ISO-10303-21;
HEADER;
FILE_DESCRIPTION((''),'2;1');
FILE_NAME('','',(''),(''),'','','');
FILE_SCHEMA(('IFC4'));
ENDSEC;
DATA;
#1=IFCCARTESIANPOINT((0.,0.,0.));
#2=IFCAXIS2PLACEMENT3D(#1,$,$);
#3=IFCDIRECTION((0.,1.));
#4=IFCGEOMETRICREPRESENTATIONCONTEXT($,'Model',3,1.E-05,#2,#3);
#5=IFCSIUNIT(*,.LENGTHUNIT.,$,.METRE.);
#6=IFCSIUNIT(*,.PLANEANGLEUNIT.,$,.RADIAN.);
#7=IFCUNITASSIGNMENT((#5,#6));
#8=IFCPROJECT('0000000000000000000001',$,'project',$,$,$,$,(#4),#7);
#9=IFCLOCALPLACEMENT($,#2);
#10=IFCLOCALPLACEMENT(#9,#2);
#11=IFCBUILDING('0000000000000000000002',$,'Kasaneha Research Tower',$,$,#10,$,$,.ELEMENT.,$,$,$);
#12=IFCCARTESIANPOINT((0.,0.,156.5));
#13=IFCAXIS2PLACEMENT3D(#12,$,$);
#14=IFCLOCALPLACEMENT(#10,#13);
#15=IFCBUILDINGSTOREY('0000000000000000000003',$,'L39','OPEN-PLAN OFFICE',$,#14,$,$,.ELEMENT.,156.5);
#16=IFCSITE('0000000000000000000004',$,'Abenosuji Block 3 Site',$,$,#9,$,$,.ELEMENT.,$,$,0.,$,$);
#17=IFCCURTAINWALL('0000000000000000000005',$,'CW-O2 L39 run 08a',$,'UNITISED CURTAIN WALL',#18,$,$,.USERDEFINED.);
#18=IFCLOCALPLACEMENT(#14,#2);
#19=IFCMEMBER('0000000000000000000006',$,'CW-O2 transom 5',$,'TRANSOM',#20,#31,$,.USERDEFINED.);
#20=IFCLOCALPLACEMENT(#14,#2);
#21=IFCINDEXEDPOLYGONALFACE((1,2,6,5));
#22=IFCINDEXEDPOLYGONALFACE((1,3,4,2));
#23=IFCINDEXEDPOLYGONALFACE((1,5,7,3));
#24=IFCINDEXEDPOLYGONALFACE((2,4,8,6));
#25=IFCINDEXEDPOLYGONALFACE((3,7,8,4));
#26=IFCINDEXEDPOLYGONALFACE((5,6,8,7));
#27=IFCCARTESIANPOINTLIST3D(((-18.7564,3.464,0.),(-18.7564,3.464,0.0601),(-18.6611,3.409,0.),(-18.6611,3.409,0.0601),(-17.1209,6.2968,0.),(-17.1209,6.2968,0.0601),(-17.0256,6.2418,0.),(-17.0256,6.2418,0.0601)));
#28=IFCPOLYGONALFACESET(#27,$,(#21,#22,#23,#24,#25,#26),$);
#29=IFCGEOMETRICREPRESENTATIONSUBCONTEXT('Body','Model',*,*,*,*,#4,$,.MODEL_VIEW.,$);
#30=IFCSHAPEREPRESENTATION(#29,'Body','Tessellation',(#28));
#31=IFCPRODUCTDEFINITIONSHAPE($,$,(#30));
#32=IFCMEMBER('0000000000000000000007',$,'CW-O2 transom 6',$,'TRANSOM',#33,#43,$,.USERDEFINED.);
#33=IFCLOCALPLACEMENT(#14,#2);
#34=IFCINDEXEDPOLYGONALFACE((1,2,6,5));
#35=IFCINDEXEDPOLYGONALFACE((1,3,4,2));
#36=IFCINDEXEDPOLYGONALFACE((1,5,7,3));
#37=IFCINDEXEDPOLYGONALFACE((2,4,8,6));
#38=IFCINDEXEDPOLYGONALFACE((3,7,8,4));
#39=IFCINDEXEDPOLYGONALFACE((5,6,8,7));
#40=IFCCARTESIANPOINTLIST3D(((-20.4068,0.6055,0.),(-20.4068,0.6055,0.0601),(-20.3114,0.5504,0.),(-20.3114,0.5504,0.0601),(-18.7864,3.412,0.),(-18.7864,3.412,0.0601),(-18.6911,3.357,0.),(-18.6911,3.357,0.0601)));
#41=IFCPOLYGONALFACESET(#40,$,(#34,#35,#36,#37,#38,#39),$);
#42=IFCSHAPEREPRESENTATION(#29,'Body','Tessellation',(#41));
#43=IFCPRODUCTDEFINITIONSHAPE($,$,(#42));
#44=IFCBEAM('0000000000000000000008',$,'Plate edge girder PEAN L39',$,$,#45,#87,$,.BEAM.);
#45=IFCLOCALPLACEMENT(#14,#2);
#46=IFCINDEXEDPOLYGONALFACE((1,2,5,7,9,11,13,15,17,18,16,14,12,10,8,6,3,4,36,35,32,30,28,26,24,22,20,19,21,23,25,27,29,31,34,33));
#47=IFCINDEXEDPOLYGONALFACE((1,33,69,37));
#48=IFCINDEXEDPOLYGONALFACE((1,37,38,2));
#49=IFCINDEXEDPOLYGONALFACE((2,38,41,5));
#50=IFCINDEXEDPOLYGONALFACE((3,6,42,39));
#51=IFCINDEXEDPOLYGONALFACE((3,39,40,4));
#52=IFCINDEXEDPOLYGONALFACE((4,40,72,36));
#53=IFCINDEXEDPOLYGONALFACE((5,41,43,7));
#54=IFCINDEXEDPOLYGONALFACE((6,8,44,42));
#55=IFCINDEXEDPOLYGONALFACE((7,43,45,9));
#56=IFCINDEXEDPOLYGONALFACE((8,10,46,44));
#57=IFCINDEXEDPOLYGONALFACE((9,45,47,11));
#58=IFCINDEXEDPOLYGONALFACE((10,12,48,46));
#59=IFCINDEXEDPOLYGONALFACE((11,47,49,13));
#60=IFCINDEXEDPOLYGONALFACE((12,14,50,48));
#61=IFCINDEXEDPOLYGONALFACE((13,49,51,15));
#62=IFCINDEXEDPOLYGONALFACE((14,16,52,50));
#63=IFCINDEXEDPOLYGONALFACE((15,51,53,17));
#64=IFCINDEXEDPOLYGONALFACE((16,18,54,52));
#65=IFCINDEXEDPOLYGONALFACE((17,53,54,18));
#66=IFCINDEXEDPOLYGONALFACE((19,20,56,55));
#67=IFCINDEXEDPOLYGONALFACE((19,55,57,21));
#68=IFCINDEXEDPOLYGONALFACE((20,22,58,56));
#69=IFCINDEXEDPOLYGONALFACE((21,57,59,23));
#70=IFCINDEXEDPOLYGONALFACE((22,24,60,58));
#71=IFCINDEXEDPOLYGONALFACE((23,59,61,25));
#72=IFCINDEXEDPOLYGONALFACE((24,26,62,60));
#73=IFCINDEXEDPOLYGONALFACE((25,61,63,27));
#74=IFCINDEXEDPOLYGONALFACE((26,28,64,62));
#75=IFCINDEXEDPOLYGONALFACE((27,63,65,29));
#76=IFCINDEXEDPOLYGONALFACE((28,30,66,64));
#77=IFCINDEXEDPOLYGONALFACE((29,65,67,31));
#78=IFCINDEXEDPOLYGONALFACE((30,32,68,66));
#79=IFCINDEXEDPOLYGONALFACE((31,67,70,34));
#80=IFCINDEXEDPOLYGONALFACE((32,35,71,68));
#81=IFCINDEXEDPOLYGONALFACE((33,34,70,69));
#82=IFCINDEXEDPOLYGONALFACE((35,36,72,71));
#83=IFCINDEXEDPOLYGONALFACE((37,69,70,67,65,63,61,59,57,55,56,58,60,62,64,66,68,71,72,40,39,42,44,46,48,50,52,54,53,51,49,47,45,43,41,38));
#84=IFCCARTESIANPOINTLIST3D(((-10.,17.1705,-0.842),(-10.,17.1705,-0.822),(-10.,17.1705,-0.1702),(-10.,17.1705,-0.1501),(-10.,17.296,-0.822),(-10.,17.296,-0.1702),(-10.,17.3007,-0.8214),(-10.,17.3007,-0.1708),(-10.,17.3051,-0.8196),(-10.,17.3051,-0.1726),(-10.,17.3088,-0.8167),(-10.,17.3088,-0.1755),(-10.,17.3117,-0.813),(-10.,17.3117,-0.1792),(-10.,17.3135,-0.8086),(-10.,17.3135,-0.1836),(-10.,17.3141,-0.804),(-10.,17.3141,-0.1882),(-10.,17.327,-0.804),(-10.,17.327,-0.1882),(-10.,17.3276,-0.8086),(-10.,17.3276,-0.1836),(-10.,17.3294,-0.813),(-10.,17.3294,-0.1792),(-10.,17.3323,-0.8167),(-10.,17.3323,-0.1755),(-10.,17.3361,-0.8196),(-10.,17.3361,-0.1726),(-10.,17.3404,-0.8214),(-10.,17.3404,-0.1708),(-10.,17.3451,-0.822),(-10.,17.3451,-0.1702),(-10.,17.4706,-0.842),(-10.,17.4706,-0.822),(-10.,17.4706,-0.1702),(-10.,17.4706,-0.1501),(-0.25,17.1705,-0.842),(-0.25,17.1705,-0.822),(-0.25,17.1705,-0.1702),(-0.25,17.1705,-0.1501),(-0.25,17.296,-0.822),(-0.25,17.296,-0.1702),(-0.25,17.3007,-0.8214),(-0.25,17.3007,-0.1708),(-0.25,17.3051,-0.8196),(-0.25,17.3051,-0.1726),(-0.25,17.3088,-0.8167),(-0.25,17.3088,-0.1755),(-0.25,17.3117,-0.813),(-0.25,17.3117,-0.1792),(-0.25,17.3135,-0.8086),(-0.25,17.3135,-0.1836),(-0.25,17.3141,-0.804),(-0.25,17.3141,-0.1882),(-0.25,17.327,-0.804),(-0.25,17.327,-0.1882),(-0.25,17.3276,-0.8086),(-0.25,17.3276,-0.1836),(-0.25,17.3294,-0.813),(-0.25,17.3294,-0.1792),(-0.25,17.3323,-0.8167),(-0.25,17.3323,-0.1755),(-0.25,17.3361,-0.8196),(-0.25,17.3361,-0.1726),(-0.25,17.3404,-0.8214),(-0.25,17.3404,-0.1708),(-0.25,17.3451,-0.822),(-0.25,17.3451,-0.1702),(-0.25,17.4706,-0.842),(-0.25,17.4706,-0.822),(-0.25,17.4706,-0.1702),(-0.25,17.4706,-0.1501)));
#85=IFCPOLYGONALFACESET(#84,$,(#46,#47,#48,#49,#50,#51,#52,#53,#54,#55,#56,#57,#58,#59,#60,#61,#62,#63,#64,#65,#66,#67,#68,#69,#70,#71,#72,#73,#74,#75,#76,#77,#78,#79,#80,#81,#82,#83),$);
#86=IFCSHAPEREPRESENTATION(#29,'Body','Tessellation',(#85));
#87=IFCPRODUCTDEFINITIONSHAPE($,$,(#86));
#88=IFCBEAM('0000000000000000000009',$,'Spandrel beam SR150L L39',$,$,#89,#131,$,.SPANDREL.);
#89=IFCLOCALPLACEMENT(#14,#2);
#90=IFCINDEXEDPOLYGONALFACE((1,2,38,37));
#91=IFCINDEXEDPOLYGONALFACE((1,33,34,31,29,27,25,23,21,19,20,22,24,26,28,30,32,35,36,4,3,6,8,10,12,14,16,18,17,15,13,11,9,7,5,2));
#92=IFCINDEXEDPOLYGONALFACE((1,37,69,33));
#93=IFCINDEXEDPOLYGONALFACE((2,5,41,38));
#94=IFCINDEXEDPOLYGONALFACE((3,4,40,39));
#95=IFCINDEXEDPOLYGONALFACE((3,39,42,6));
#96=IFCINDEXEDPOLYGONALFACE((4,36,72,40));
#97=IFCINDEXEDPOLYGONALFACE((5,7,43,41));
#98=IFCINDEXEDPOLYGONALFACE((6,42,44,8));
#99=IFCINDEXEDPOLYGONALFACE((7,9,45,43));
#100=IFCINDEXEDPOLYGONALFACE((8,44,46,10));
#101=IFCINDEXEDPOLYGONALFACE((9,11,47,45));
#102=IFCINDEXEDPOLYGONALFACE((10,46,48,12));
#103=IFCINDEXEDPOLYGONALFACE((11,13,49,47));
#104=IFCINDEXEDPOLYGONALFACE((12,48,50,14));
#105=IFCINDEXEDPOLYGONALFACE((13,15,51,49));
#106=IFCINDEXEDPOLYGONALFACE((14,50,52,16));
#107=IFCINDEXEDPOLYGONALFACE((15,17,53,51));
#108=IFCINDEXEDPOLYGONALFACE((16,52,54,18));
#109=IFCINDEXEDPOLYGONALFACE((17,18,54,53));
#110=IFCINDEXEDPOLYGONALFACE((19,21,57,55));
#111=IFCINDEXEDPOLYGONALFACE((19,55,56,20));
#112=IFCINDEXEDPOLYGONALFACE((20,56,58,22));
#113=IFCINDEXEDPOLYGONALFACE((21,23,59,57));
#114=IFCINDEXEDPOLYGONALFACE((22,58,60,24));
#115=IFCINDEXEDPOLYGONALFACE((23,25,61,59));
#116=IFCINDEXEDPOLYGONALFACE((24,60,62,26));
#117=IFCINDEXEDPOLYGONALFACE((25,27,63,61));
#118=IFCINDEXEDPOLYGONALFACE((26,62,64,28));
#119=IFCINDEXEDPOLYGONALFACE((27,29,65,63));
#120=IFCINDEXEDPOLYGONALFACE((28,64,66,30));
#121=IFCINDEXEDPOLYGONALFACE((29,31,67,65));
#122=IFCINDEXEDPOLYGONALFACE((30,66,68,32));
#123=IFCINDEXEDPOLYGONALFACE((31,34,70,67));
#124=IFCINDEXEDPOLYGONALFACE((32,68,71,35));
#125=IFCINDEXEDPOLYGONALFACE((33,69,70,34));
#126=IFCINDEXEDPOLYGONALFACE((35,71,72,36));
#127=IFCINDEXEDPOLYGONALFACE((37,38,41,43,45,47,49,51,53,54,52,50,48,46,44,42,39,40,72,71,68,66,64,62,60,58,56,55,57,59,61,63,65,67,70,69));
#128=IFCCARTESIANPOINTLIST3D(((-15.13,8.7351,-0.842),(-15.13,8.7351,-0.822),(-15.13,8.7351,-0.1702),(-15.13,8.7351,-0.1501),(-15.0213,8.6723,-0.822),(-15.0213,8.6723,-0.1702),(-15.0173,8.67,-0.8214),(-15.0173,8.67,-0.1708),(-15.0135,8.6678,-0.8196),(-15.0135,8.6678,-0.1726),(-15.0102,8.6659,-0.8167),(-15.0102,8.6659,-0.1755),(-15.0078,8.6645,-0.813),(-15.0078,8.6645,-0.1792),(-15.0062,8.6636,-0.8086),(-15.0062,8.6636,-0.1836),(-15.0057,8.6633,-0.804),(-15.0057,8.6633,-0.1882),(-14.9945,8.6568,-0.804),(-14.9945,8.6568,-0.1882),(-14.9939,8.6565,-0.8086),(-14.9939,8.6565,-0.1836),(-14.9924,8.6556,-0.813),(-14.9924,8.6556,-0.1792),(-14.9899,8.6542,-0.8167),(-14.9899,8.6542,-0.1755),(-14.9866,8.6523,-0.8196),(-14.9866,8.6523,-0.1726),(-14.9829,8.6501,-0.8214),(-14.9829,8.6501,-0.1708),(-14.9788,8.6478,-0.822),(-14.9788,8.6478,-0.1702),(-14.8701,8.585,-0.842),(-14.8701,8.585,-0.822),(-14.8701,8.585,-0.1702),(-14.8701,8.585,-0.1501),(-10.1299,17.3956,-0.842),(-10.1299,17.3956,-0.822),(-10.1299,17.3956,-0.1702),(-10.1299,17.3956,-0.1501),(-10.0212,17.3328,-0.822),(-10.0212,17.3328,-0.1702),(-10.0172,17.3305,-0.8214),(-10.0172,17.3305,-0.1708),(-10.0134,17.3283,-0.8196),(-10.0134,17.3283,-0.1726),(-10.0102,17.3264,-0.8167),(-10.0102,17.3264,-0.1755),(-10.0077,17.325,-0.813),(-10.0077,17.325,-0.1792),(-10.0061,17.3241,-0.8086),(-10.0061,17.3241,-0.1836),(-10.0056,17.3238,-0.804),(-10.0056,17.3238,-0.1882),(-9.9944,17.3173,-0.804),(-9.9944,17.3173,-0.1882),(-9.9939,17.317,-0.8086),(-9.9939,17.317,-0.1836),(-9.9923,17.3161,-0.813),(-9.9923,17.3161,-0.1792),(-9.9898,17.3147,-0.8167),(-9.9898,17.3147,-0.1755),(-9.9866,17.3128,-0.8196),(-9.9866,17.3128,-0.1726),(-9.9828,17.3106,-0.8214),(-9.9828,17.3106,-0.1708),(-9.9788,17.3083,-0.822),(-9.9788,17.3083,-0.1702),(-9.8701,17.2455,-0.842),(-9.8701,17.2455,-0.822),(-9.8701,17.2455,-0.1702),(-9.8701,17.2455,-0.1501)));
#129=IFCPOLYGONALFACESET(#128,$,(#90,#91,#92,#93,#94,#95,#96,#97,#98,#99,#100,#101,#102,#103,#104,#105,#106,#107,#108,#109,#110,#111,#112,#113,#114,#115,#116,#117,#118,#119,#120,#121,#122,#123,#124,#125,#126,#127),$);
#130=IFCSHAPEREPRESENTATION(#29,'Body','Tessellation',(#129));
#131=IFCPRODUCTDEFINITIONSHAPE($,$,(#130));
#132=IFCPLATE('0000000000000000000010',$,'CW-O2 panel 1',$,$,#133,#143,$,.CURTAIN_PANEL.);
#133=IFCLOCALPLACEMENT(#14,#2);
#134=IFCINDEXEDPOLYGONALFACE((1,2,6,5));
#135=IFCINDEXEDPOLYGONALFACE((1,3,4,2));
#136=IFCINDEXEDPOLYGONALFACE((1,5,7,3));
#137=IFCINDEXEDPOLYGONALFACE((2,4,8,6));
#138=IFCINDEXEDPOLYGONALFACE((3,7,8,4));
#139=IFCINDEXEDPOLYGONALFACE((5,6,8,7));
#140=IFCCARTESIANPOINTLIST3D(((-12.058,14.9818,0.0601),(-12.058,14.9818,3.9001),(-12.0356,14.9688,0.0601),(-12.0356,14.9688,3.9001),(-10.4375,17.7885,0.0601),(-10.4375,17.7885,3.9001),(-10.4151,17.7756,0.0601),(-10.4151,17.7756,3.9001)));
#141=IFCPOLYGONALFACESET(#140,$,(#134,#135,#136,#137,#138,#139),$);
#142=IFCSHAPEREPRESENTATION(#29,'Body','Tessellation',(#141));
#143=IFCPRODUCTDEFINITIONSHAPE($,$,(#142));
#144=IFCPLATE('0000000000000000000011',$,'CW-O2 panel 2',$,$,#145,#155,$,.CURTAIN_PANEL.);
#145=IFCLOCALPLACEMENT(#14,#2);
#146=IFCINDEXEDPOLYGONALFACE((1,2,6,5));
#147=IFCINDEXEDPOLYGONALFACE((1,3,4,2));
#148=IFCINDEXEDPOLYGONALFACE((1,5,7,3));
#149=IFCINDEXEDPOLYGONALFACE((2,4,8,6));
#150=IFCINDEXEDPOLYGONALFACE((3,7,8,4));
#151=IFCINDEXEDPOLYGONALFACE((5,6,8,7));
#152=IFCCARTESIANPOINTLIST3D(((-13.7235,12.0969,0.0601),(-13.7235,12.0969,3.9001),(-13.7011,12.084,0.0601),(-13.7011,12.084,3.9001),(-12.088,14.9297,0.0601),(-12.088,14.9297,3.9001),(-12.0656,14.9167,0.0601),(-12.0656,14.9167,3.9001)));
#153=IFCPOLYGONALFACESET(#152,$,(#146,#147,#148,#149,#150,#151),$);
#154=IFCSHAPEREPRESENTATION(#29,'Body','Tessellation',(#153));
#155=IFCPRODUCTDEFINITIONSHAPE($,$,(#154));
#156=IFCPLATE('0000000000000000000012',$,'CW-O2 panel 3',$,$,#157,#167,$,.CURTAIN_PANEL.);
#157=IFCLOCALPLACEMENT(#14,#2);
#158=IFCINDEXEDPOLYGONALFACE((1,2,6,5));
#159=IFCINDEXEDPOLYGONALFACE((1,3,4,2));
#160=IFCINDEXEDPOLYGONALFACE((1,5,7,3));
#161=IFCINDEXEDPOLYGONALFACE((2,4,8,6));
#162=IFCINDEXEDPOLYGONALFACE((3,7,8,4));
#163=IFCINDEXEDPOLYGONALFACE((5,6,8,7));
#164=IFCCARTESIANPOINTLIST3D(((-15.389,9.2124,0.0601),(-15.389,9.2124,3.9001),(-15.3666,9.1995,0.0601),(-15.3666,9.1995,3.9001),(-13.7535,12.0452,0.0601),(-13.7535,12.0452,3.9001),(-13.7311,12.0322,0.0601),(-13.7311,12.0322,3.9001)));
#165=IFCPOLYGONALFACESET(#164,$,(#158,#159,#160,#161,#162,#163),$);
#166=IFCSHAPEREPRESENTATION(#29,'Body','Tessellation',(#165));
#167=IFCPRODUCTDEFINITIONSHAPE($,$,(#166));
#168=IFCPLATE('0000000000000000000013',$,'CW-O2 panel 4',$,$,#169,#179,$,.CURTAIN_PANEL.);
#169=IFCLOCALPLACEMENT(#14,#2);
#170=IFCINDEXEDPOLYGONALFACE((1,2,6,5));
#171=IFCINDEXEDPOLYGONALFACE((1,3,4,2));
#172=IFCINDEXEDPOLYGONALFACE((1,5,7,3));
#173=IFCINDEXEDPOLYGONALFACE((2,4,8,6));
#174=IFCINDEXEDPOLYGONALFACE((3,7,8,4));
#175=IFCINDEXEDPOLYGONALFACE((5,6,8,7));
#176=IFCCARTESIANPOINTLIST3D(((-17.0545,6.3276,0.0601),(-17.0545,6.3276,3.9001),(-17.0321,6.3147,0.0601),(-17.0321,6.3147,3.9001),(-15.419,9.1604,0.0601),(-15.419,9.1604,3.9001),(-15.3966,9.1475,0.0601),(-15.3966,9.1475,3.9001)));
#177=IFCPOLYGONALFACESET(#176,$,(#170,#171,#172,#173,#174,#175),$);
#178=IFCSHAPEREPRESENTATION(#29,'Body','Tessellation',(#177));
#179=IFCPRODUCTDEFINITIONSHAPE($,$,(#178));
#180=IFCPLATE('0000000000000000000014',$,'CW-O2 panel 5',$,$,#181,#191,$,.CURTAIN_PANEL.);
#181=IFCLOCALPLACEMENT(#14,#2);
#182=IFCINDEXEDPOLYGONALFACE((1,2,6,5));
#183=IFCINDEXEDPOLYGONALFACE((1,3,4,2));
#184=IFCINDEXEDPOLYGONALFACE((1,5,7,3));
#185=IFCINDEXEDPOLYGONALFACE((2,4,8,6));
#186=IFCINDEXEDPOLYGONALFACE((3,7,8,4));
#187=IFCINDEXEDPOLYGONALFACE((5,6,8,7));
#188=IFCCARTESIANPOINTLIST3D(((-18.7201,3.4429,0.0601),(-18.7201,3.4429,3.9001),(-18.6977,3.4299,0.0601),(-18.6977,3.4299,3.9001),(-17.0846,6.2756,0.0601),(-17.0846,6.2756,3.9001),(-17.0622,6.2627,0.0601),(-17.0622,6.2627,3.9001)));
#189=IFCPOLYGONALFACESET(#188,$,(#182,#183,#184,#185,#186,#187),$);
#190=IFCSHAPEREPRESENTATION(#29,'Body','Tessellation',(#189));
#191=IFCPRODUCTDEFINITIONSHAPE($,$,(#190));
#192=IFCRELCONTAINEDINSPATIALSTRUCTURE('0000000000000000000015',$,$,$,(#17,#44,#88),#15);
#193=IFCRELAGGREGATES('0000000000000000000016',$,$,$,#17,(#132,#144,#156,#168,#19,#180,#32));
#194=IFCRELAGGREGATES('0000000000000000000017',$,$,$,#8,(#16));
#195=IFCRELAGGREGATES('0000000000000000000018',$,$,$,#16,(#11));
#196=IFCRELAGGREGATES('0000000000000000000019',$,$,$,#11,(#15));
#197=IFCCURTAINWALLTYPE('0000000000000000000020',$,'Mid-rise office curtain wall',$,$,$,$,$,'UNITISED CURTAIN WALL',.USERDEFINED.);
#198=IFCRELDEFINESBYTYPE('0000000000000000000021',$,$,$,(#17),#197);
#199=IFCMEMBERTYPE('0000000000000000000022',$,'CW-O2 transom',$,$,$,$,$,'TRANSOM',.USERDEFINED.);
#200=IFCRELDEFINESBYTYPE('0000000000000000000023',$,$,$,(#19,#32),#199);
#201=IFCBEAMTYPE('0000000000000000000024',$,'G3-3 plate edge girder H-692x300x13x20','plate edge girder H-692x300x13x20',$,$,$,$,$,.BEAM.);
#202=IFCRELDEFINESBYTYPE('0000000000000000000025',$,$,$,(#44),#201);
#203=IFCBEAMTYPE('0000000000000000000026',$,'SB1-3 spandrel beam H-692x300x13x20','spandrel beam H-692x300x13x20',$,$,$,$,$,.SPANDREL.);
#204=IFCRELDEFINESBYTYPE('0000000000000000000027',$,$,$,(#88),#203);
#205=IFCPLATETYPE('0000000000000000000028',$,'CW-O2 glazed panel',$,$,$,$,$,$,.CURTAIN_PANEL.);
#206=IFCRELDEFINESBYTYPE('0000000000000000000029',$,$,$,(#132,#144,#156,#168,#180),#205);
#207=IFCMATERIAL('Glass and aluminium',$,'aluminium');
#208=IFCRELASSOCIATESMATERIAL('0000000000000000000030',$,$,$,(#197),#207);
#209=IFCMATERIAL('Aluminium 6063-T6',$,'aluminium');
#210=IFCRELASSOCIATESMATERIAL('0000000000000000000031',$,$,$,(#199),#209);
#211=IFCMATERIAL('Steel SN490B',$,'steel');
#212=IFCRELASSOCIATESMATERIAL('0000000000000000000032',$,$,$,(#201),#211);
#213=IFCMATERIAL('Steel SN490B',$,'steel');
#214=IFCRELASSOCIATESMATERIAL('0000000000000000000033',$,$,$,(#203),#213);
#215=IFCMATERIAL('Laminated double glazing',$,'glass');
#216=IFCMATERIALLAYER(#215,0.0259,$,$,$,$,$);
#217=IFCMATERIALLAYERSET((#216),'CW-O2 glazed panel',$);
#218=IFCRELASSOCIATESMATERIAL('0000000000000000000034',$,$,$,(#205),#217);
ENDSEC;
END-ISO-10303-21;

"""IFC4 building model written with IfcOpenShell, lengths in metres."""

from ifc_helpers import new_model, si_unit, direction, frame, origin, origin_2d, place, context, subcontext, project, spatial, rectangle, i_section, extrude, material, layer, layer_set, material_profile, profile_set, type_object, element, aggregate, save


model = new_model("IFC4")

# Units and contexts
model_context = context("Model", 3, precision=1e-05, world=origin(), true_north=direction((0.0, 1.0)))
body_context = subcontext(model_context, "Body", "Model", "MODEL_VIEW")
ifc_project = project(units=[si_unit("LENGTHUNIT", "METRE"), si_unit("PLANEANGLEUNIT", "RADIAN")], contexts=[model_context])

# Site, building, storey
site_placement = place(None, origin())
site = spatial("IfcSite", under=ifc_project, at=site_placement, Name="Abenosuji Block 3 Site", CompositionType="ELEMENT", RefElevation=0.0)
building_placement = place(site_placement, origin())
building = spatial("IfcBuilding", under=site, at=building_placement, Name="Kasaneha Research Tower", CompositionType="ELEMENT")
storey_placement = place(building_placement, frame((0.0, 0.0, 156.5)))
storey = spatial("IfcBuildingStorey", under=building, at=storey_placement, Name="L39", Description="OPEN-PLAN OFFICE", CompositionType="ELEMENT", Elevation=156.5)

# Shared definitions
ifc_material_1 = material(Name="Glass and aluminium", Category="aluminium")
curtain_wall_type = type_object("IfcCurtainWallType", Name="Mid-rise office curtain wall", ElementType="UNITISED CURTAIN WALL", PredefinedType="USERDEFINED", material=ifc_material_1)

# Curtain wall, members
curtain_wall_1_placement = place(storey_placement, origin())
curtain_wall_1 = element("IfcCurtainWall", 1, at=curtain_wall_1_placement, inside=storey, type_object=curtain_wall_type, Name="CW-O2 L39 run 08a", ObjectType="UNITISED CURTAIN WALL", PredefinedType="USERDEFINED")
ifc_material_2 = material(Name="Aluminium 6063-T6", Category="aluminium")
ifc_material_profile_1 = material_profile(ifc_material_2, rectangle(XDim=0.1101, YDim=0.0601, at=origin_2d()), Name="CW-O2 transom 110x60")
ifc_profile_set_1 = profile_set([ifc_material_profile_1], Name="Aluminium 6063-T6")
member_type_1 = type_object("IfcMemberType", Name="CW-O2 transom", ElementType="TRANSOM", PredefinedType="USERDEFINED", material=ifc_profile_set_1)
member_1_placement = place(storey_placement, frame((-17.0732, 6.2693, 0.03), z_axis=(-0.5, -0.866025, 0.0), x_axis=(0.866025, -0.5, 0.0)))
member_1 = element("IfcMember", 2, at=member_1_placement, type_object=member_type_1, Name="CW-O2 transom 5", ObjectType="TRANSOM", PredefinedType="USERDEFINED", context=body_context, shape_type="SweptSolid", body=[
    extrude(rectangle(XDim=0.1101, YDim=0.0601, at=origin_2d()), origin(), (0.0, 0.0, 1.0), 3.271),
])
member_2_placement = place(storey_placement, frame((-18.7388, 3.3845, 0.03), z_axis=(-0.499988, -0.866033, 0.0), x_axis=(0.866033, -0.499988, 0.0)))
member_2 = element("IfcMember", 3, at=member_2_placement, type_object=member_type_1, Name="CW-O2 transom 6", ObjectType="TRANSOM", PredefinedType="USERDEFINED", context=body_context, shape_type="SweptSolid", body=[
    extrude(rectangle(XDim=0.1101, YDim=0.0601, at=origin_2d()), origin(), (0.0, 0.0, 1.0), 3.2407),
])

# Beams
ifc_material_3 = material(Name="Steel SN490B", Category="steel")
ifc_material_profile_2 = material_profile(ifc_material_3, i_section(OverallWidth=0.3, OverallDepth=0.6919, WebThickness=0.0129, FlangeThickness=0.02, FilletRadius=0.0181, at=origin_2d()), Name="H-692x300x13x20")
ifc_profile_set_2 = profile_set([ifc_material_profile_2], Name="Steel SN490B")
beam_type_1 = type_object("IfcBeamType", Name="G3-3 plate edge girder H-692x300x13x20", Description="plate edge girder H-692x300x13x20", PredefinedType="BEAM", material=ifc_profile_set_2)
beam_1_placement = place(storey_placement, frame((-10.0, 17.3206, -0.4961), z_axis=(1.0, 0.0, 0.0), x_axis=(0.0, 1.0, 0.0)))
element("IfcBeam", 4, at=beam_1_placement, inside=storey, type_object=beam_type_1, Name="Plate edge girder PEAN L39", PredefinedType="BEAM", context=body_context, shape_type="SweptSolid", body=[
    extrude(i_section(OverallWidth=0.3, OverallDepth=0.6919, WebThickness=0.0129, FlangeThickness=0.02, FilletRadius=0.0181, at=origin_2d()), origin(), (0.0, 0.0, 1.0), 9.75),
])
ifc_material_4 = material(Name="Steel SN490B", Category="steel")
ifc_material_profile_3 = material_profile(ifc_material_4, i_section(OverallWidth=0.3, OverallDepth=0.6919, WebThickness=0.0129, FlangeThickness=0.02, FilletRadius=0.0181, at=origin_2d()), Name="H-692x300x13x20")
ifc_profile_set_3 = profile_set([ifc_material_profile_3], Name="Steel SN490B")
beam_type_2 = type_object("IfcBeamType", Name="SB1-3 spandrel beam H-692x300x13x20", Description="spandrel beam H-692x300x13x20", PredefinedType="SPANDREL", material=ifc_profile_set_3)
beam_2_placement = place(storey_placement, frame((-10.0, 17.3206, -0.4961), z_axis=(-0.499994, -0.866029, 0.0), x_axis=(0.866029, -0.499994, 0.0)))
element("IfcBeam", 5, at=beam_2_placement, inside=storey, type_object=beam_type_2, Name="Spandrel beam SR150L L39", PredefinedType="SPANDREL", context=body_context, shape_type="SweptSolid", body=[
    extrude(i_section(OverallWidth=0.3, OverallDepth=0.6919, WebThickness=0.0129, FlangeThickness=0.02, FilletRadius=0.0181, at=origin_2d()), origin(), (0.0, 0.0, 1.0), 10.0002),
])

# Plates
ifc_material_5 = material(Name="Laminated double glazing", Category="glass")
ifc_layer_1 = layer(ifc_material_5, 0.0259)
ifc_layer_set_1 = layer_set([ifc_layer_1], Name="CW-O2 glazed panel")
plate_type = type_object("IfcPlateType", Name="CW-O2 glazed panel", PredefinedType="CURTAIN_PANEL", material=ifc_layer_set_1)
plate_1_placement = place(storey_placement, frame((-11.2366, 16.3787, 0.0601), z_axis=(0.0, 0.0, 1.0), x_axis=(-0.5, -0.866025, 0.0)))
plate_1 = element("IfcPlate", 6, at=plate_1_placement, type_object=plate_type, Name="CW-O2 panel 1", PredefinedType="CURTAIN_PANEL", context=body_context, shape_type="SweptSolid", body=[
    extrude(rectangle(XDim=3.241, YDim=0.0259, at=origin_2d()), origin(), (0.0, 0.0, 1.0), 3.8401),
])
plate_2_placement = place(storey_placement, frame((-12.8945, 13.5068, 0.0601), z_axis=(0.0, 0.0, 1.0), x_axis=(-0.5, -0.866025, 0.0)))
plate_2 = element("IfcPlate", 7, at=plate_2_placement, type_object=plate_type, Name="CW-O2 panel 2", PredefinedType="CURTAIN_PANEL", context=body_context, shape_type="SweptSolid", body=[
    extrude(rectangle(XDim=3.271, YDim=0.0259, at=origin_2d()), origin(), (0.0, 0.0, 1.0), 3.8401),
])
plate_3_placement = place(storey_placement, frame((-14.5601, 10.6223, 0.0601), z_axis=(0.0, 0.0, 1.0), x_axis=(-0.5, -0.866025, 0.0)))
plate_3 = element("IfcPlate", 8, at=plate_3_placement, type_object=plate_type, Name="CW-O2 panel 3", PredefinedType="CURTAIN_PANEL", context=body_context, shape_type="SweptSolid", body=[
    extrude(rectangle(XDim=3.271, YDim=0.0259, at=origin_2d()), origin(), (0.0, 0.0, 1.0), 3.8401),
])
plate_4_placement = place(storey_placement, frame((-16.2256, 7.7375, 0.0601), z_axis=(0.0, 0.0, 1.0), x_axis=(-0.5, -0.866025, 0.0)))
plate_4 = element("IfcPlate", 9, at=plate_4_placement, type_object=plate_type, Name="CW-O2 panel 4", PredefinedType="CURTAIN_PANEL", context=body_context, shape_type="SweptSolid", body=[
    extrude(rectangle(XDim=3.271, YDim=0.0259, at=origin_2d()), origin(), (0.0, 0.0, 1.0), 3.8401),
])
plate_5_placement = place(storey_placement, frame((-17.8911, 4.8528, 0.0601), z_axis=(0.0, 0.0, 1.0), x_axis=(-0.5, -0.866025, 0.0)))
plate_5 = element("IfcPlate", 10, at=plate_5_placement, type_object=plate_type, Name="CW-O2 panel 5", PredefinedType="CURTAIN_PANEL", context=body_context, shape_type="SweptSolid", body=[
    extrude(rectangle(XDim=3.271, YDim=0.0259, at=origin_2d()), origin(), (0.0, 0.0, 1.0), 3.8401),
])
aggregate(curtain_wall_1, [plate_1, plate_2, plate_3, plate_4, member_1, plate_5, member_2])

save(model, "model.ifc")
